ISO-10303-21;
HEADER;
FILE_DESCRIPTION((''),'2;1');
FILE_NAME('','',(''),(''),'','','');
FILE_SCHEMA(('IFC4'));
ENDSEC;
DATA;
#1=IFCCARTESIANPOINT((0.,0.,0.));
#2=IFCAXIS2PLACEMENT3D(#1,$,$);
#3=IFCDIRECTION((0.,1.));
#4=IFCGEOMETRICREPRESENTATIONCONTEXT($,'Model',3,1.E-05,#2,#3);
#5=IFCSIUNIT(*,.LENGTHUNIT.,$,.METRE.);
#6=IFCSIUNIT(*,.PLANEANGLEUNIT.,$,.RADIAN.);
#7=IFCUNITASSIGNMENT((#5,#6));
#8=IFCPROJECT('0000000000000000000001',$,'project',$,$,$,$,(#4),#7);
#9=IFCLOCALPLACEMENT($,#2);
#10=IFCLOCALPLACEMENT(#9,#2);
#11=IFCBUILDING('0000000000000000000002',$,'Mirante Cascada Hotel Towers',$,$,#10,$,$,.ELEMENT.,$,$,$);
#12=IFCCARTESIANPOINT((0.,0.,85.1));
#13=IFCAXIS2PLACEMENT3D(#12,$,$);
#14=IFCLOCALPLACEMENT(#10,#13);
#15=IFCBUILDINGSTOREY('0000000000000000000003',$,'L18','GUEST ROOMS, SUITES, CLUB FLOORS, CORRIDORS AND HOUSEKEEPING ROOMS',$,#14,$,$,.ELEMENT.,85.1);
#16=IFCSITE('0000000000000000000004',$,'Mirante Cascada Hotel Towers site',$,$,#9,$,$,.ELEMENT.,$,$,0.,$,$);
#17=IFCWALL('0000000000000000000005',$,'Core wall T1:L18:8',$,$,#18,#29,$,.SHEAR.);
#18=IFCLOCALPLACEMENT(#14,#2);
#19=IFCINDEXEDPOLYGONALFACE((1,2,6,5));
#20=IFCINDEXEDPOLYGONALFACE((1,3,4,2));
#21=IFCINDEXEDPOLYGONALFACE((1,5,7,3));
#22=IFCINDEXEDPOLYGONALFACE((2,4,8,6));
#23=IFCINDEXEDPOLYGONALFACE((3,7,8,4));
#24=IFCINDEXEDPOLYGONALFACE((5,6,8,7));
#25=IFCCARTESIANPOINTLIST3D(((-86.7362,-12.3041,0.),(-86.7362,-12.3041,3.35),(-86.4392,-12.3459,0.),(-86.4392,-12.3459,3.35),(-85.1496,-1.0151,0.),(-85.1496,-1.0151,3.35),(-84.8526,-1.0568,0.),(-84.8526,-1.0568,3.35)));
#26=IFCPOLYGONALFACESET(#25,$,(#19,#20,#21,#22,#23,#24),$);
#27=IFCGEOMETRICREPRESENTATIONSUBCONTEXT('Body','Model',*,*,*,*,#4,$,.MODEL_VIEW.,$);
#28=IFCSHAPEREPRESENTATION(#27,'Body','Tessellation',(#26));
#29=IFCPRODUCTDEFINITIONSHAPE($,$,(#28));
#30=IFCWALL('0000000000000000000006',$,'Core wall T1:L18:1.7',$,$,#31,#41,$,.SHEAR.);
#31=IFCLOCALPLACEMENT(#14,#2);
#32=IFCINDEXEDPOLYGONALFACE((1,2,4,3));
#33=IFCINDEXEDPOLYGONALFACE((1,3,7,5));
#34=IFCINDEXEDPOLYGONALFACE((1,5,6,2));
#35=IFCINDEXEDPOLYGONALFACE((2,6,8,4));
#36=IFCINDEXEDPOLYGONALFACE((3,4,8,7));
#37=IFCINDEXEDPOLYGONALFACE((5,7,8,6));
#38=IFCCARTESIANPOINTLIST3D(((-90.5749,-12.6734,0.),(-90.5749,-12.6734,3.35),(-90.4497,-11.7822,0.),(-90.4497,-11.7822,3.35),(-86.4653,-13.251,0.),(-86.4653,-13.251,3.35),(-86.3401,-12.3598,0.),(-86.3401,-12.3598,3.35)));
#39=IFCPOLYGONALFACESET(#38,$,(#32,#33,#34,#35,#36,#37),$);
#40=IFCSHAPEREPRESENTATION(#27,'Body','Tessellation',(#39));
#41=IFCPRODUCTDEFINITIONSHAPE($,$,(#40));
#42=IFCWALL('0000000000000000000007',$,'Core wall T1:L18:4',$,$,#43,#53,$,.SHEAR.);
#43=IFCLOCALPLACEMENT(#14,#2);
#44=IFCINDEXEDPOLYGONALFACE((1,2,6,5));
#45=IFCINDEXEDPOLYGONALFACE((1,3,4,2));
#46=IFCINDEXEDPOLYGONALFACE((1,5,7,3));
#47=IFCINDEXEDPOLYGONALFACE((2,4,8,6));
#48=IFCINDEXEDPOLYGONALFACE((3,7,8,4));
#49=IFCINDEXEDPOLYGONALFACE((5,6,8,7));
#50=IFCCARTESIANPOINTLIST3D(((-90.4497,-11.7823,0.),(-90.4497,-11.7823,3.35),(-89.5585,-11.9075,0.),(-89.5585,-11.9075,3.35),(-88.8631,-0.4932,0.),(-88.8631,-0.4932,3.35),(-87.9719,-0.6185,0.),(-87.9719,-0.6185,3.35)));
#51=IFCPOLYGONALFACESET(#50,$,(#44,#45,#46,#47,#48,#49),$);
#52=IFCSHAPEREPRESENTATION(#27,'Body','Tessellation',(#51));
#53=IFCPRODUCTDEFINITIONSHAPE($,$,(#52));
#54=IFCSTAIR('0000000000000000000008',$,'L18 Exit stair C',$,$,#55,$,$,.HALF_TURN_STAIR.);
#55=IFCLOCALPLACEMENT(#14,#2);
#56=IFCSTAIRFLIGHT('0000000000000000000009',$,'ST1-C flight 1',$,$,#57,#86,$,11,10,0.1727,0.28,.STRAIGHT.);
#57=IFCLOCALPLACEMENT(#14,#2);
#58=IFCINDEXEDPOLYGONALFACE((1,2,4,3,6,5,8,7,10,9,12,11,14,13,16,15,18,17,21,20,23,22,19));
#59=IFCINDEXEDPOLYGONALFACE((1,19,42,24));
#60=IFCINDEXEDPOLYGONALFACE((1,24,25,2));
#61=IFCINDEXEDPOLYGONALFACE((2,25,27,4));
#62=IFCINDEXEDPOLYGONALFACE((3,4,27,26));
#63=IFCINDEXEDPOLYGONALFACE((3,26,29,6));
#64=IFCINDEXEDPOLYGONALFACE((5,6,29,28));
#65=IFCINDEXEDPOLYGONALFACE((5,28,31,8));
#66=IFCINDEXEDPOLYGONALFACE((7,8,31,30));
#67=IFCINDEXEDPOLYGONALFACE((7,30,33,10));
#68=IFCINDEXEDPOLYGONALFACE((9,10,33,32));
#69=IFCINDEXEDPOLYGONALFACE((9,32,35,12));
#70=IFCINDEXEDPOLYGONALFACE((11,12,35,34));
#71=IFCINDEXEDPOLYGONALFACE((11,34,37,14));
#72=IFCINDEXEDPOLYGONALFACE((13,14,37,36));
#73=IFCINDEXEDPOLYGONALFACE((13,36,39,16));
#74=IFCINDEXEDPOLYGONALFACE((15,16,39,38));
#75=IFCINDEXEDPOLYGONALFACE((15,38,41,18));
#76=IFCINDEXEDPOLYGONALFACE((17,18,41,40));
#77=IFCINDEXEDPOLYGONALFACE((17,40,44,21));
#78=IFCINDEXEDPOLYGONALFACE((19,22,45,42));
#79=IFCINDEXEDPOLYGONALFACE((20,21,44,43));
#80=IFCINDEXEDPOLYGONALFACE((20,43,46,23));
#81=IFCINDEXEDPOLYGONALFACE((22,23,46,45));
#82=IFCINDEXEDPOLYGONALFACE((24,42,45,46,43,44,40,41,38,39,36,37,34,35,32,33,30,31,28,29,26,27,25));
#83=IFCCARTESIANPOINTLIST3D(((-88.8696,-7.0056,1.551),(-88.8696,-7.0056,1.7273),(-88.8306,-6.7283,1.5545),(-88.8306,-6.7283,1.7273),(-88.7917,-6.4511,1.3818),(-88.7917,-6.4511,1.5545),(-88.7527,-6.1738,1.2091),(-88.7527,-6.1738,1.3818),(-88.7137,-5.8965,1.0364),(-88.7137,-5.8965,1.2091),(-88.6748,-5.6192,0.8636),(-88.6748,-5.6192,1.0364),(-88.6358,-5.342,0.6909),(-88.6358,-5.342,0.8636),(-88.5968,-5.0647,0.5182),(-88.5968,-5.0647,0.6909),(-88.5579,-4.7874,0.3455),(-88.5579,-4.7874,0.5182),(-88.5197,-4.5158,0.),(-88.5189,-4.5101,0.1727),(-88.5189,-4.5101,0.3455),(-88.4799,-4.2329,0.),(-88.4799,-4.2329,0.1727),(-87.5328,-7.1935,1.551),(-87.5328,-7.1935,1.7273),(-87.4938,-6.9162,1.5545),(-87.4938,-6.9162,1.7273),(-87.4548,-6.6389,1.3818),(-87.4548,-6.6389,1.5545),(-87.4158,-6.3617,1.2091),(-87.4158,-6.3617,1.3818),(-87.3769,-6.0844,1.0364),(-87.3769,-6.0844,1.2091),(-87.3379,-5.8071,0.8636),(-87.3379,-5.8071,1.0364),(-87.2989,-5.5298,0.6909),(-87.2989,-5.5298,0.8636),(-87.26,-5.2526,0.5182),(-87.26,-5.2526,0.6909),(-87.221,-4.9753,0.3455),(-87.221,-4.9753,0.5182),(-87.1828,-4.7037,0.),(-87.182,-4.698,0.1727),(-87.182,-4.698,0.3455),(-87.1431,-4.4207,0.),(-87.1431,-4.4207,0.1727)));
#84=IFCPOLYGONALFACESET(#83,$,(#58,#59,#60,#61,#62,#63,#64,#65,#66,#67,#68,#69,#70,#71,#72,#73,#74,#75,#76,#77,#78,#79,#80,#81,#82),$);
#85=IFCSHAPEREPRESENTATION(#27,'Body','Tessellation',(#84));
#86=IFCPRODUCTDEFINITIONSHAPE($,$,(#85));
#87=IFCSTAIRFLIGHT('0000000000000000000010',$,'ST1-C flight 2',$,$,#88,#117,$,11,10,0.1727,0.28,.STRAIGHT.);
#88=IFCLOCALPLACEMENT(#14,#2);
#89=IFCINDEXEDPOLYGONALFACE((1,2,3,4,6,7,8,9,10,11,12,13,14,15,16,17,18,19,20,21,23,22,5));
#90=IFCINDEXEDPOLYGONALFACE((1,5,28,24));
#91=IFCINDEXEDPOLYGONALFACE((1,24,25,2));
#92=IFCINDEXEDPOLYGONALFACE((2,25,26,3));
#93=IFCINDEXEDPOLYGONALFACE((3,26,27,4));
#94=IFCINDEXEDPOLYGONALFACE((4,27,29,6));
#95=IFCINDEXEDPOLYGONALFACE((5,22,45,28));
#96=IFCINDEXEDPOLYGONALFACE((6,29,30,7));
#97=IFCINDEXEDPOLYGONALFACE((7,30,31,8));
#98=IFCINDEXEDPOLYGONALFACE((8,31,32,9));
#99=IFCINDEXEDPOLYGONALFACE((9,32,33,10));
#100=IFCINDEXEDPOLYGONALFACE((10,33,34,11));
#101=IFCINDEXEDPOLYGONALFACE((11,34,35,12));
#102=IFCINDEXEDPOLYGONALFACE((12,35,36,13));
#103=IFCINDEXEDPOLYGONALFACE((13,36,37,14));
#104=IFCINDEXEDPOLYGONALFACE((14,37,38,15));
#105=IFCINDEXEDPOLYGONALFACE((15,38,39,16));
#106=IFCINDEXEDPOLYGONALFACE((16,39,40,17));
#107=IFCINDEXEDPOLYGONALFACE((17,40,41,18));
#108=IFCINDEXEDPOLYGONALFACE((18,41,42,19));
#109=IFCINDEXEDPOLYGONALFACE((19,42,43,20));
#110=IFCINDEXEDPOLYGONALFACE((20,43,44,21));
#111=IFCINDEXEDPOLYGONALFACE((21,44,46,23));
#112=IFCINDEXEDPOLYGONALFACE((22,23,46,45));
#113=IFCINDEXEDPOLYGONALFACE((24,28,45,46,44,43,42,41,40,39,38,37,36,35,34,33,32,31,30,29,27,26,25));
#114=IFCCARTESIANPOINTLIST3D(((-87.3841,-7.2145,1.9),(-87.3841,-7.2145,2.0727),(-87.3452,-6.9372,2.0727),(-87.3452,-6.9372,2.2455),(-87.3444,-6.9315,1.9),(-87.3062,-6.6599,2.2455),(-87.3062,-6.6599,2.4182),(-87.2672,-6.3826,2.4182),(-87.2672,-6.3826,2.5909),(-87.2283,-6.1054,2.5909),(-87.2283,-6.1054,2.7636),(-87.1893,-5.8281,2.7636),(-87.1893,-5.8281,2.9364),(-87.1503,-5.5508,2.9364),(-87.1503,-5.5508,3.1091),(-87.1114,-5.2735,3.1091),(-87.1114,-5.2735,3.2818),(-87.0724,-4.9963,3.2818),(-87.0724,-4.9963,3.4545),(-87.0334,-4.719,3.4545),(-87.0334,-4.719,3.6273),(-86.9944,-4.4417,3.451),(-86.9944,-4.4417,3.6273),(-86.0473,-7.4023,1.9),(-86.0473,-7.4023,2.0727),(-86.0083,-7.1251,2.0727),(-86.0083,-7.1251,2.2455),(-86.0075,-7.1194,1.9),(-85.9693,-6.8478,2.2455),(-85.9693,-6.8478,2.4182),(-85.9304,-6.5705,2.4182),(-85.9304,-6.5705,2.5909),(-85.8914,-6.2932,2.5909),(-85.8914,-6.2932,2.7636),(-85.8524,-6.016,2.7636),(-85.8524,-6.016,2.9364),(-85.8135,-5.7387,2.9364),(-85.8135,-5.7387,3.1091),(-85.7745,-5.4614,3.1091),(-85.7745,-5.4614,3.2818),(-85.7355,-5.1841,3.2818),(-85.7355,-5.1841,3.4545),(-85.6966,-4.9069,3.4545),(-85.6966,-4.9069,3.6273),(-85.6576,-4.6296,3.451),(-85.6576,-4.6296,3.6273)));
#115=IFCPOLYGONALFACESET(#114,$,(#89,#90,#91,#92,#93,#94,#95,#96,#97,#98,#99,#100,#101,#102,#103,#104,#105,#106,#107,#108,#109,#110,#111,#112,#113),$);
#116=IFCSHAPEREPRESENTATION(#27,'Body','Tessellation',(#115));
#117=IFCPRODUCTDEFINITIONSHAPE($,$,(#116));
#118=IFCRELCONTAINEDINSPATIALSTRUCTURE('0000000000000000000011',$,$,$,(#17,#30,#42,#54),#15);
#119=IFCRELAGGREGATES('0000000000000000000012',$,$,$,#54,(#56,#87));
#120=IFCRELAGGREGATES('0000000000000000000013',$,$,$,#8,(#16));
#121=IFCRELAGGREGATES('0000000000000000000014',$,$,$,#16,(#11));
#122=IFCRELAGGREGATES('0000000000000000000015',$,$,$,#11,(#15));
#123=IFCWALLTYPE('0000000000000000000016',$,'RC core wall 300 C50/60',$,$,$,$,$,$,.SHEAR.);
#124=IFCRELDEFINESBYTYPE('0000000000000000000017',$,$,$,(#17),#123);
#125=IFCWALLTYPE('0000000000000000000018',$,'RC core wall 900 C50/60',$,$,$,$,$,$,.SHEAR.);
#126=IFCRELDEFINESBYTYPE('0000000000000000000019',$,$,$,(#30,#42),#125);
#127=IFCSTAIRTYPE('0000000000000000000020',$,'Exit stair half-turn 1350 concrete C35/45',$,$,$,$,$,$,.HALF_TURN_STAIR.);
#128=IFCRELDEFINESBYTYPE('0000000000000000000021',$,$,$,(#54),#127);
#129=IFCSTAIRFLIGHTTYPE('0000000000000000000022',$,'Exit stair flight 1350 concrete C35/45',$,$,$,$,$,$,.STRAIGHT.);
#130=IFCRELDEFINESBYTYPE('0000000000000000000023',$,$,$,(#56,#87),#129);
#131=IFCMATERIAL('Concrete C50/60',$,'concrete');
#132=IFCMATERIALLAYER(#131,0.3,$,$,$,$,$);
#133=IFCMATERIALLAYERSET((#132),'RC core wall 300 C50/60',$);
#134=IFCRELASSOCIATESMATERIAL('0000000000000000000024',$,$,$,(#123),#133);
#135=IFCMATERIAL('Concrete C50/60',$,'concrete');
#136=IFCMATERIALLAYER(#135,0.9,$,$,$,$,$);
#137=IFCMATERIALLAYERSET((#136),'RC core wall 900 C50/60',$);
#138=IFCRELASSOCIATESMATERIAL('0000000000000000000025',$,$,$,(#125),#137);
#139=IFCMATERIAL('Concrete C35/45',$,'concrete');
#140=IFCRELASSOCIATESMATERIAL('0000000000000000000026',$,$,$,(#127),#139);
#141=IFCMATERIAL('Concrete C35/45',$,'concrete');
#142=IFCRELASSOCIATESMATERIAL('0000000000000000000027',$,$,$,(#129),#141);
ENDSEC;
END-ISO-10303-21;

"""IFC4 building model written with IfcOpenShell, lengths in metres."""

from ifc_helpers import new_model, si_unit, direction, frame, frame_2d, origin, place, context, subcontext, project, spatial, polyline, rectangle, outline, extrude, material, layer, layer_set, type_object, element, aggregate, save


model = new_model("IFC4")

# Units and contexts
model_context = context("Model", 3, precision=1e-05, world=origin(), true_north=direction((0.0, 1.0)))
body_context = subcontext(model_context, "Body", "Model", "MODEL_VIEW")
ifc_project = project(units=[si_unit("LENGTHUNIT", "METRE"), si_unit("PLANEANGLEUNIT", "RADIAN")], contexts=[model_context])

# Site, building, storey
site_placement = place(None, origin())
site = spatial("IfcSite", under=ifc_project, at=site_placement, Name="Mirante Cascada Hotel Towers site", CompositionType="ELEMENT", RefElevation=0.0)
building_placement = place(site_placement, origin())
building = spatial("IfcBuilding", under=site, at=building_placement, Name="Mirante Cascada Hotel Towers", CompositionType="ELEMENT")
storey_placement = place(building_placement, frame((0.0, 0.0, 85.1)))
storey = spatial("IfcBuildingStorey", under=building, at=storey_placement, Name="L18", Description="GUEST ROOMS, SUITES, CLUB FLOORS, CORRIDORS AND HOUSEKEEPING ROOMS", CompositionType="ELEMENT", Elevation=85.1)

# Walls
ifc_material_1 = material(Name="Concrete C50/60", Category="concrete")
ifc_layer_1 = layer(ifc_material_1, 0.3)
ifc_layer_set_1 = layer_set([ifc_layer_1], Name="RC core wall 300 C50/60")
wall_type_1 = type_object("IfcWallType", Name="RC core wall 300 C50/60", PredefinedType="SHEAR", material=ifc_layer_set_1)
wall_1_placement = place(storey_placement, frame((-86.5877, -12.325, 0.0), z_axis=(0.0, 0.0, 1.0), x_axis=(0.139175, 0.990268, 0.0)))
element("IfcWall", 1, at=wall_1_placement, inside=storey, type_object=wall_type_1, Name="Core wall T1:L18:8", PredefinedType="SHEAR", context=body_context, shape_type="SweptSolid", body=[
    extrude(rectangle(XDim=11.4, YDim=0.3, at=frame_2d((5.7, 0.0))), origin(), (0.0, 0.0, 1.0), 3.35),
])
ifc_material_2 = material(Name="Concrete C50/60", Category="concrete")
ifc_layer_2 = layer(ifc_material_2, 0.9)
ifc_layer_set_2 = layer_set([ifc_layer_2], Name="RC core wall 900 C50/60")
wall_type_2 = type_object("IfcWallType", Name="RC core wall 900 C50/60", PredefinedType="SHEAR", material=ifc_layer_set_2)
wall_2_placement = place(storey_placement, frame((-86.4027, -12.8054, 0.0), z_axis=(0.0, 0.0, 1.0), x_axis=(-0.990267, 0.139181, 0.0)))
element("IfcWall", 2, at=wall_2_placement, inside=storey, type_object=wall_type_2, Name="Core wall T1:L18:1.7", PredefinedType="SHEAR", context=body_context, shape_type="SweptSolid", body=[
    extrude(rectangle(XDim=4.15, YDim=0.9, at=frame_2d((2.075, 0.0))), origin(), (0.0, 0.0, 1.0), 3.35),
])
wall_3_placement = place(storey_placement, frame((-90.0041, -11.8449, 0.0), z_axis=(0.0, 0.0, 1.0), x_axis=(0.139175, 0.990268, 0.0)))
element("IfcWall", 3, at=wall_3_placement, inside=storey, type_object=wall_type_2, Name="Core wall T1:L18:4", PredefinedType="SHEAR", context=body_context, shape_type="SweptSolid", body=[
    extrude(rectangle(XDim=11.4, YDim=0.9, at=frame_2d((5.7, 0.0))), origin(), (0.0, 0.0, 1.0), 3.35),
])

# Stair, stair flights
ifc_material_3 = material(Name="Concrete C35/45", Category="concrete")
stair_type = type_object("IfcStairType", Name="Exit stair half-turn 1350 concrete C35/45", PredefinedType="HALF_TURN_STAIR", material=ifc_material_3)
stair_placement = place(storey_placement, origin())
stair = element("IfcStair", 4, at=stair_placement, inside=storey, type_object=stair_type, Name="L18 Exit stair C", PredefinedType="HALF_TURN_STAIR")
ifc_material_4 = material(Name="Concrete C35/45", Category="concrete")
stair_flight_type = type_object("IfcStairFlightType", Name="Exit stair flight 1350 concrete C35/45", PredefinedType="STRAIGHT", material=ifc_material_4)
stair_flight_1_placement = place(storey_placement, frame((-87.8115, -4.3268, 0.0), z_axis=(0.0, 0.0, 1.0), x_axis=(-0.139173, -0.990268, 0.0)))
stair_flight_1 = element("IfcStairFlight", 5, at=stair_flight_1_placement, type_object=stair_flight_type, Name="ST1-C flight 1", NumberOfRisers=11, NumberOfTreads=10, PredefinedType="STRAIGHT", RiserHeight=0.1727, TreadLength=0.28, context=body_context, shape_type="SweptSolid", body=[
    extrude(outline(polyline([(0.0, 0.0), (0.0, 0.1727), (0.28, 0.1727), (0.28, 0.3455), (0.56, 0.3455), (0.56, 0.5182), (0.84, 0.5182), (0.84, 0.6909), (1.12, 0.6909), (1.12, 0.8636), (1.4, 0.8636), (1.4, 1.0364), (1.68, 1.0364), (1.68, 1.2091), (1.96, 1.2091), (1.96, 1.3818), (2.24, 1.3818), (2.24, 1.5545), (2.52, 1.5545), (2.52, 1.7273), (2.8, 1.7273), (2.8, 1.9), (2.8, 1.551), (0.2857, 0.0), (0.0, 0.0)])), frame((0.0, 0.675, 0.0), z_axis=(0.0, -1.0, 0.0), x_axis=(1.0, 0.0, 0.0)), (0.0, 0.0, 1.0), 1.35),
])
stair_flight_2_placement = place(storey_placement, frame((-86.7157, -7.3084, 1.9), z_axis=(0.0, 0.0, 1.0), x_axis=(0.139173, 0.990268, 0.0)))
stair_flight_2 = element("IfcStairFlight", 6, at=stair_flight_2_placement, type_object=stair_flight_type, Name="ST1-C flight 2", NumberOfRisers=11, NumberOfTreads=10, PredefinedType="STRAIGHT", RiserHeight=0.1727, TreadLength=0.28, context=body_context, shape_type="SweptSolid", body=[
    extrude(outline(polyline([(0.0, 0.0), (0.0, 0.1727), (0.28, 0.1727), (0.28, 0.3455), (0.56, 0.3455), (0.56, 0.5182), (0.84, 0.5182), (0.84, 0.6909), (1.12, 0.6909), (1.12, 0.8636), (1.4, 0.8636), (1.4, 1.0364), (1.68, 1.0364), (1.68, 1.2091), (1.96, 1.2091), (1.96, 1.3818), (2.24, 1.3818), (2.24, 1.5545), (2.52, 1.5545), (2.52, 1.7273), (2.8, 1.7273), (2.8, 1.9), (2.8, 1.551), (0.2857, 0.0), (0.0, 0.0)])), frame((0.0, 0.675, 0.0), z_axis=(0.0, -1.0, 0.0), x_axis=(1.0, 0.0, 0.0)), (0.0, 0.0, 1.0), 1.35),
])
aggregate(stair, [stair_flight_1, stair_flight_2])

save(model, "model.ifc")
